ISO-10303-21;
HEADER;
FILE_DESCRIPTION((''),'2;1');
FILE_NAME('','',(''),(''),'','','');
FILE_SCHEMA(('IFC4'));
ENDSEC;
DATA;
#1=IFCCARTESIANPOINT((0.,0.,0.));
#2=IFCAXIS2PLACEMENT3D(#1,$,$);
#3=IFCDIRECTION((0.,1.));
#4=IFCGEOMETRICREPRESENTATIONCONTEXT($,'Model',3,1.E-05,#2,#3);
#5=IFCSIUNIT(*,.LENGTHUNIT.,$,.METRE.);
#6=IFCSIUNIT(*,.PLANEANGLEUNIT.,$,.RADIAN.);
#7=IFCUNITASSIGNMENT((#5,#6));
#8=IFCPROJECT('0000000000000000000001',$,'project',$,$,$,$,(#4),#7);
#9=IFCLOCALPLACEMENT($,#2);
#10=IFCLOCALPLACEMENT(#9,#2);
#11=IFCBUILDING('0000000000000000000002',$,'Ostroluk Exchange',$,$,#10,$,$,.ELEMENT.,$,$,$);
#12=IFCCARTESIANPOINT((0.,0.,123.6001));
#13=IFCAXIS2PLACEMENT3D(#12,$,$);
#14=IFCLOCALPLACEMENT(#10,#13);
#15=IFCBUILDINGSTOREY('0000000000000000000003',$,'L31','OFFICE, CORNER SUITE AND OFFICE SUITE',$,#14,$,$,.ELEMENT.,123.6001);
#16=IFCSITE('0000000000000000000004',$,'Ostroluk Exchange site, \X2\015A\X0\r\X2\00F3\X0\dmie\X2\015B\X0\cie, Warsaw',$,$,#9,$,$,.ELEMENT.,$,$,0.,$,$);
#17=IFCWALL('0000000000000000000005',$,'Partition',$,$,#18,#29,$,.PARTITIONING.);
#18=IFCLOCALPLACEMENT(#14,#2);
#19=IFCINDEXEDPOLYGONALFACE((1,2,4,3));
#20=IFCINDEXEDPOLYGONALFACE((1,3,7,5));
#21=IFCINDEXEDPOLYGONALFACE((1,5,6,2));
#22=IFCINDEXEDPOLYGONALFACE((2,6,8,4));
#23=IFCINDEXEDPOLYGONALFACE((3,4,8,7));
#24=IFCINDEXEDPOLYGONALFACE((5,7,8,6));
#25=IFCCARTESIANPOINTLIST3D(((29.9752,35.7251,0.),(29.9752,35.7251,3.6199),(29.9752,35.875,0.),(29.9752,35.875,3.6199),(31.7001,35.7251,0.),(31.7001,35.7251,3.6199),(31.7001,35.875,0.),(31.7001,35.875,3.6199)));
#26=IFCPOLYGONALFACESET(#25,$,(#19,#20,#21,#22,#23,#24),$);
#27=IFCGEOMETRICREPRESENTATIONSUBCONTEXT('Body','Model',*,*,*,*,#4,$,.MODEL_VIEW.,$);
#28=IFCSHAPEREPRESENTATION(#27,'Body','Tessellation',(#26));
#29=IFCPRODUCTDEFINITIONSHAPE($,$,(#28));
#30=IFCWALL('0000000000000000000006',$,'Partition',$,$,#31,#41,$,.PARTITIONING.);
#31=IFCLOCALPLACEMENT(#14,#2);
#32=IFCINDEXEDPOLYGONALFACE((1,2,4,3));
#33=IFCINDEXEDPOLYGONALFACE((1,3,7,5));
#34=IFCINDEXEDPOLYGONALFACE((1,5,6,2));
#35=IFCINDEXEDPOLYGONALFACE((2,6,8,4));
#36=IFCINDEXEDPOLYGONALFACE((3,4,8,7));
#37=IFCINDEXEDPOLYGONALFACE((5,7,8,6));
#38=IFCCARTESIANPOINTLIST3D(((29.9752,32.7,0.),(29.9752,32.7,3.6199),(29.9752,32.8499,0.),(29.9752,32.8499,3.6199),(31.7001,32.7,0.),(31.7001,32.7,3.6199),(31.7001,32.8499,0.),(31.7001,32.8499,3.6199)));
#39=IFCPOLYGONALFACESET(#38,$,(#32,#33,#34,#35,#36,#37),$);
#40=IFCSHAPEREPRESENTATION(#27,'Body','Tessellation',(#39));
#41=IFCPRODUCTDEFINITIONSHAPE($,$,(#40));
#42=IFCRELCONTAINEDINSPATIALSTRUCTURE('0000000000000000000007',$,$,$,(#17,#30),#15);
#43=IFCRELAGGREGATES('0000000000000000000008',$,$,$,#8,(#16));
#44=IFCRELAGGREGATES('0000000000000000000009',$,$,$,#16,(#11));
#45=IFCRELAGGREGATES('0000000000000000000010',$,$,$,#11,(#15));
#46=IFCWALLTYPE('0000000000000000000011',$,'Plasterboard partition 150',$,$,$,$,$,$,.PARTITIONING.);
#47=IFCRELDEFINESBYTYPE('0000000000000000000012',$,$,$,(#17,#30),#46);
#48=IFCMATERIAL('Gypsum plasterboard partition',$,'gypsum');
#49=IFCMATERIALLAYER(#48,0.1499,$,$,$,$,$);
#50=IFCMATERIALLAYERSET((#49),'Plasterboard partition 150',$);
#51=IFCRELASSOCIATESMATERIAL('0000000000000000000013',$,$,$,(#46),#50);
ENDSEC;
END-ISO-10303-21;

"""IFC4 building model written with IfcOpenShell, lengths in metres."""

from ifc_helpers import new_model, si_unit, direction, frame, frame_2d, origin, place, context, subcontext, project, spatial, rectangle, extrude, material, layer, layer_set, type_object, element, save


model = new_model("IFC4")

# Units and contexts
model_context = context("Model", 3, precision=1e-05, world=origin(), true_north=direction((0.0, 1.0)))
body_context = subcontext(model_context, "Body", "Model", "MODEL_VIEW")
ifc_project = project(units=[si_unit("LENGTHUNIT", "METRE"), si_unit("PLANEANGLEUNIT", "RADIAN")], contexts=[model_context])

# Site, building, storey
site_placement = place(None, origin())
site = spatial("IfcSite", under=ifc_project, at=site_placement, Name="Ostroluk Exchange site, Śródmieście, Warsaw", CompositionType="ELEMENT", RefElevation=0.0)
building_placement = place(site_placement, origin())
building = spatial("IfcBuilding", under=site, at=building_placement, Name="Ostroluk Exchange", CompositionType="ELEMENT")
storey_placement = place(building_placement, frame((0.0, 0.0, 123.6001)))
storey = spatial("IfcBuildingStorey", under=building, at=storey_placement, Name="L31", Description="OFFICE, CORNER SUITE AND OFFICE SUITE", CompositionType="ELEMENT", Elevation=123.6001)

# Shared definitions
ifc_material_1 = material(Name="Gypsum plasterboard partition", Category="gypsum")
ifc_layer_1 = layer(ifc_material_1, 0.1499)
ifc_layer_set_1 = layer_set([ifc_layer_1], Name="Plasterboard partition 150")
wall_type_1 = type_object("IfcWallType", Name="Plasterboard partition 150", PredefinedType="PARTITIONING", material=ifc_layer_set_1)

# Walls
for number, where, z_axis, x_axis, name in (
    (1, (31.7, 35.8, 0.0), (0.0, 0.0, 1.0), (-1.0, 0.0, 0.0), "Partition"),
    (2, (31.7, 32.7749, 0.0), (0.0, 0.0, 1.0), (-1.0, 0.0, 0.0), "Partition"),
):
    element("IfcWall", number, at=place(storey_placement, frame(where, z_axis=z_axis, x_axis=x_axis)), inside=storey, type_object=wall_type_1, Name=name, PredefinedType="PARTITIONING", context=body_context, shape_type="SweptSolid", body=[
        extrude(rectangle(XDim=1.7249, YDim=0.1499, at=frame_2d((0.8623, 0.0))), origin(), (0.0, 0.0, 1.0), 3.6199),
    ])

save(model, "model.ifc")
